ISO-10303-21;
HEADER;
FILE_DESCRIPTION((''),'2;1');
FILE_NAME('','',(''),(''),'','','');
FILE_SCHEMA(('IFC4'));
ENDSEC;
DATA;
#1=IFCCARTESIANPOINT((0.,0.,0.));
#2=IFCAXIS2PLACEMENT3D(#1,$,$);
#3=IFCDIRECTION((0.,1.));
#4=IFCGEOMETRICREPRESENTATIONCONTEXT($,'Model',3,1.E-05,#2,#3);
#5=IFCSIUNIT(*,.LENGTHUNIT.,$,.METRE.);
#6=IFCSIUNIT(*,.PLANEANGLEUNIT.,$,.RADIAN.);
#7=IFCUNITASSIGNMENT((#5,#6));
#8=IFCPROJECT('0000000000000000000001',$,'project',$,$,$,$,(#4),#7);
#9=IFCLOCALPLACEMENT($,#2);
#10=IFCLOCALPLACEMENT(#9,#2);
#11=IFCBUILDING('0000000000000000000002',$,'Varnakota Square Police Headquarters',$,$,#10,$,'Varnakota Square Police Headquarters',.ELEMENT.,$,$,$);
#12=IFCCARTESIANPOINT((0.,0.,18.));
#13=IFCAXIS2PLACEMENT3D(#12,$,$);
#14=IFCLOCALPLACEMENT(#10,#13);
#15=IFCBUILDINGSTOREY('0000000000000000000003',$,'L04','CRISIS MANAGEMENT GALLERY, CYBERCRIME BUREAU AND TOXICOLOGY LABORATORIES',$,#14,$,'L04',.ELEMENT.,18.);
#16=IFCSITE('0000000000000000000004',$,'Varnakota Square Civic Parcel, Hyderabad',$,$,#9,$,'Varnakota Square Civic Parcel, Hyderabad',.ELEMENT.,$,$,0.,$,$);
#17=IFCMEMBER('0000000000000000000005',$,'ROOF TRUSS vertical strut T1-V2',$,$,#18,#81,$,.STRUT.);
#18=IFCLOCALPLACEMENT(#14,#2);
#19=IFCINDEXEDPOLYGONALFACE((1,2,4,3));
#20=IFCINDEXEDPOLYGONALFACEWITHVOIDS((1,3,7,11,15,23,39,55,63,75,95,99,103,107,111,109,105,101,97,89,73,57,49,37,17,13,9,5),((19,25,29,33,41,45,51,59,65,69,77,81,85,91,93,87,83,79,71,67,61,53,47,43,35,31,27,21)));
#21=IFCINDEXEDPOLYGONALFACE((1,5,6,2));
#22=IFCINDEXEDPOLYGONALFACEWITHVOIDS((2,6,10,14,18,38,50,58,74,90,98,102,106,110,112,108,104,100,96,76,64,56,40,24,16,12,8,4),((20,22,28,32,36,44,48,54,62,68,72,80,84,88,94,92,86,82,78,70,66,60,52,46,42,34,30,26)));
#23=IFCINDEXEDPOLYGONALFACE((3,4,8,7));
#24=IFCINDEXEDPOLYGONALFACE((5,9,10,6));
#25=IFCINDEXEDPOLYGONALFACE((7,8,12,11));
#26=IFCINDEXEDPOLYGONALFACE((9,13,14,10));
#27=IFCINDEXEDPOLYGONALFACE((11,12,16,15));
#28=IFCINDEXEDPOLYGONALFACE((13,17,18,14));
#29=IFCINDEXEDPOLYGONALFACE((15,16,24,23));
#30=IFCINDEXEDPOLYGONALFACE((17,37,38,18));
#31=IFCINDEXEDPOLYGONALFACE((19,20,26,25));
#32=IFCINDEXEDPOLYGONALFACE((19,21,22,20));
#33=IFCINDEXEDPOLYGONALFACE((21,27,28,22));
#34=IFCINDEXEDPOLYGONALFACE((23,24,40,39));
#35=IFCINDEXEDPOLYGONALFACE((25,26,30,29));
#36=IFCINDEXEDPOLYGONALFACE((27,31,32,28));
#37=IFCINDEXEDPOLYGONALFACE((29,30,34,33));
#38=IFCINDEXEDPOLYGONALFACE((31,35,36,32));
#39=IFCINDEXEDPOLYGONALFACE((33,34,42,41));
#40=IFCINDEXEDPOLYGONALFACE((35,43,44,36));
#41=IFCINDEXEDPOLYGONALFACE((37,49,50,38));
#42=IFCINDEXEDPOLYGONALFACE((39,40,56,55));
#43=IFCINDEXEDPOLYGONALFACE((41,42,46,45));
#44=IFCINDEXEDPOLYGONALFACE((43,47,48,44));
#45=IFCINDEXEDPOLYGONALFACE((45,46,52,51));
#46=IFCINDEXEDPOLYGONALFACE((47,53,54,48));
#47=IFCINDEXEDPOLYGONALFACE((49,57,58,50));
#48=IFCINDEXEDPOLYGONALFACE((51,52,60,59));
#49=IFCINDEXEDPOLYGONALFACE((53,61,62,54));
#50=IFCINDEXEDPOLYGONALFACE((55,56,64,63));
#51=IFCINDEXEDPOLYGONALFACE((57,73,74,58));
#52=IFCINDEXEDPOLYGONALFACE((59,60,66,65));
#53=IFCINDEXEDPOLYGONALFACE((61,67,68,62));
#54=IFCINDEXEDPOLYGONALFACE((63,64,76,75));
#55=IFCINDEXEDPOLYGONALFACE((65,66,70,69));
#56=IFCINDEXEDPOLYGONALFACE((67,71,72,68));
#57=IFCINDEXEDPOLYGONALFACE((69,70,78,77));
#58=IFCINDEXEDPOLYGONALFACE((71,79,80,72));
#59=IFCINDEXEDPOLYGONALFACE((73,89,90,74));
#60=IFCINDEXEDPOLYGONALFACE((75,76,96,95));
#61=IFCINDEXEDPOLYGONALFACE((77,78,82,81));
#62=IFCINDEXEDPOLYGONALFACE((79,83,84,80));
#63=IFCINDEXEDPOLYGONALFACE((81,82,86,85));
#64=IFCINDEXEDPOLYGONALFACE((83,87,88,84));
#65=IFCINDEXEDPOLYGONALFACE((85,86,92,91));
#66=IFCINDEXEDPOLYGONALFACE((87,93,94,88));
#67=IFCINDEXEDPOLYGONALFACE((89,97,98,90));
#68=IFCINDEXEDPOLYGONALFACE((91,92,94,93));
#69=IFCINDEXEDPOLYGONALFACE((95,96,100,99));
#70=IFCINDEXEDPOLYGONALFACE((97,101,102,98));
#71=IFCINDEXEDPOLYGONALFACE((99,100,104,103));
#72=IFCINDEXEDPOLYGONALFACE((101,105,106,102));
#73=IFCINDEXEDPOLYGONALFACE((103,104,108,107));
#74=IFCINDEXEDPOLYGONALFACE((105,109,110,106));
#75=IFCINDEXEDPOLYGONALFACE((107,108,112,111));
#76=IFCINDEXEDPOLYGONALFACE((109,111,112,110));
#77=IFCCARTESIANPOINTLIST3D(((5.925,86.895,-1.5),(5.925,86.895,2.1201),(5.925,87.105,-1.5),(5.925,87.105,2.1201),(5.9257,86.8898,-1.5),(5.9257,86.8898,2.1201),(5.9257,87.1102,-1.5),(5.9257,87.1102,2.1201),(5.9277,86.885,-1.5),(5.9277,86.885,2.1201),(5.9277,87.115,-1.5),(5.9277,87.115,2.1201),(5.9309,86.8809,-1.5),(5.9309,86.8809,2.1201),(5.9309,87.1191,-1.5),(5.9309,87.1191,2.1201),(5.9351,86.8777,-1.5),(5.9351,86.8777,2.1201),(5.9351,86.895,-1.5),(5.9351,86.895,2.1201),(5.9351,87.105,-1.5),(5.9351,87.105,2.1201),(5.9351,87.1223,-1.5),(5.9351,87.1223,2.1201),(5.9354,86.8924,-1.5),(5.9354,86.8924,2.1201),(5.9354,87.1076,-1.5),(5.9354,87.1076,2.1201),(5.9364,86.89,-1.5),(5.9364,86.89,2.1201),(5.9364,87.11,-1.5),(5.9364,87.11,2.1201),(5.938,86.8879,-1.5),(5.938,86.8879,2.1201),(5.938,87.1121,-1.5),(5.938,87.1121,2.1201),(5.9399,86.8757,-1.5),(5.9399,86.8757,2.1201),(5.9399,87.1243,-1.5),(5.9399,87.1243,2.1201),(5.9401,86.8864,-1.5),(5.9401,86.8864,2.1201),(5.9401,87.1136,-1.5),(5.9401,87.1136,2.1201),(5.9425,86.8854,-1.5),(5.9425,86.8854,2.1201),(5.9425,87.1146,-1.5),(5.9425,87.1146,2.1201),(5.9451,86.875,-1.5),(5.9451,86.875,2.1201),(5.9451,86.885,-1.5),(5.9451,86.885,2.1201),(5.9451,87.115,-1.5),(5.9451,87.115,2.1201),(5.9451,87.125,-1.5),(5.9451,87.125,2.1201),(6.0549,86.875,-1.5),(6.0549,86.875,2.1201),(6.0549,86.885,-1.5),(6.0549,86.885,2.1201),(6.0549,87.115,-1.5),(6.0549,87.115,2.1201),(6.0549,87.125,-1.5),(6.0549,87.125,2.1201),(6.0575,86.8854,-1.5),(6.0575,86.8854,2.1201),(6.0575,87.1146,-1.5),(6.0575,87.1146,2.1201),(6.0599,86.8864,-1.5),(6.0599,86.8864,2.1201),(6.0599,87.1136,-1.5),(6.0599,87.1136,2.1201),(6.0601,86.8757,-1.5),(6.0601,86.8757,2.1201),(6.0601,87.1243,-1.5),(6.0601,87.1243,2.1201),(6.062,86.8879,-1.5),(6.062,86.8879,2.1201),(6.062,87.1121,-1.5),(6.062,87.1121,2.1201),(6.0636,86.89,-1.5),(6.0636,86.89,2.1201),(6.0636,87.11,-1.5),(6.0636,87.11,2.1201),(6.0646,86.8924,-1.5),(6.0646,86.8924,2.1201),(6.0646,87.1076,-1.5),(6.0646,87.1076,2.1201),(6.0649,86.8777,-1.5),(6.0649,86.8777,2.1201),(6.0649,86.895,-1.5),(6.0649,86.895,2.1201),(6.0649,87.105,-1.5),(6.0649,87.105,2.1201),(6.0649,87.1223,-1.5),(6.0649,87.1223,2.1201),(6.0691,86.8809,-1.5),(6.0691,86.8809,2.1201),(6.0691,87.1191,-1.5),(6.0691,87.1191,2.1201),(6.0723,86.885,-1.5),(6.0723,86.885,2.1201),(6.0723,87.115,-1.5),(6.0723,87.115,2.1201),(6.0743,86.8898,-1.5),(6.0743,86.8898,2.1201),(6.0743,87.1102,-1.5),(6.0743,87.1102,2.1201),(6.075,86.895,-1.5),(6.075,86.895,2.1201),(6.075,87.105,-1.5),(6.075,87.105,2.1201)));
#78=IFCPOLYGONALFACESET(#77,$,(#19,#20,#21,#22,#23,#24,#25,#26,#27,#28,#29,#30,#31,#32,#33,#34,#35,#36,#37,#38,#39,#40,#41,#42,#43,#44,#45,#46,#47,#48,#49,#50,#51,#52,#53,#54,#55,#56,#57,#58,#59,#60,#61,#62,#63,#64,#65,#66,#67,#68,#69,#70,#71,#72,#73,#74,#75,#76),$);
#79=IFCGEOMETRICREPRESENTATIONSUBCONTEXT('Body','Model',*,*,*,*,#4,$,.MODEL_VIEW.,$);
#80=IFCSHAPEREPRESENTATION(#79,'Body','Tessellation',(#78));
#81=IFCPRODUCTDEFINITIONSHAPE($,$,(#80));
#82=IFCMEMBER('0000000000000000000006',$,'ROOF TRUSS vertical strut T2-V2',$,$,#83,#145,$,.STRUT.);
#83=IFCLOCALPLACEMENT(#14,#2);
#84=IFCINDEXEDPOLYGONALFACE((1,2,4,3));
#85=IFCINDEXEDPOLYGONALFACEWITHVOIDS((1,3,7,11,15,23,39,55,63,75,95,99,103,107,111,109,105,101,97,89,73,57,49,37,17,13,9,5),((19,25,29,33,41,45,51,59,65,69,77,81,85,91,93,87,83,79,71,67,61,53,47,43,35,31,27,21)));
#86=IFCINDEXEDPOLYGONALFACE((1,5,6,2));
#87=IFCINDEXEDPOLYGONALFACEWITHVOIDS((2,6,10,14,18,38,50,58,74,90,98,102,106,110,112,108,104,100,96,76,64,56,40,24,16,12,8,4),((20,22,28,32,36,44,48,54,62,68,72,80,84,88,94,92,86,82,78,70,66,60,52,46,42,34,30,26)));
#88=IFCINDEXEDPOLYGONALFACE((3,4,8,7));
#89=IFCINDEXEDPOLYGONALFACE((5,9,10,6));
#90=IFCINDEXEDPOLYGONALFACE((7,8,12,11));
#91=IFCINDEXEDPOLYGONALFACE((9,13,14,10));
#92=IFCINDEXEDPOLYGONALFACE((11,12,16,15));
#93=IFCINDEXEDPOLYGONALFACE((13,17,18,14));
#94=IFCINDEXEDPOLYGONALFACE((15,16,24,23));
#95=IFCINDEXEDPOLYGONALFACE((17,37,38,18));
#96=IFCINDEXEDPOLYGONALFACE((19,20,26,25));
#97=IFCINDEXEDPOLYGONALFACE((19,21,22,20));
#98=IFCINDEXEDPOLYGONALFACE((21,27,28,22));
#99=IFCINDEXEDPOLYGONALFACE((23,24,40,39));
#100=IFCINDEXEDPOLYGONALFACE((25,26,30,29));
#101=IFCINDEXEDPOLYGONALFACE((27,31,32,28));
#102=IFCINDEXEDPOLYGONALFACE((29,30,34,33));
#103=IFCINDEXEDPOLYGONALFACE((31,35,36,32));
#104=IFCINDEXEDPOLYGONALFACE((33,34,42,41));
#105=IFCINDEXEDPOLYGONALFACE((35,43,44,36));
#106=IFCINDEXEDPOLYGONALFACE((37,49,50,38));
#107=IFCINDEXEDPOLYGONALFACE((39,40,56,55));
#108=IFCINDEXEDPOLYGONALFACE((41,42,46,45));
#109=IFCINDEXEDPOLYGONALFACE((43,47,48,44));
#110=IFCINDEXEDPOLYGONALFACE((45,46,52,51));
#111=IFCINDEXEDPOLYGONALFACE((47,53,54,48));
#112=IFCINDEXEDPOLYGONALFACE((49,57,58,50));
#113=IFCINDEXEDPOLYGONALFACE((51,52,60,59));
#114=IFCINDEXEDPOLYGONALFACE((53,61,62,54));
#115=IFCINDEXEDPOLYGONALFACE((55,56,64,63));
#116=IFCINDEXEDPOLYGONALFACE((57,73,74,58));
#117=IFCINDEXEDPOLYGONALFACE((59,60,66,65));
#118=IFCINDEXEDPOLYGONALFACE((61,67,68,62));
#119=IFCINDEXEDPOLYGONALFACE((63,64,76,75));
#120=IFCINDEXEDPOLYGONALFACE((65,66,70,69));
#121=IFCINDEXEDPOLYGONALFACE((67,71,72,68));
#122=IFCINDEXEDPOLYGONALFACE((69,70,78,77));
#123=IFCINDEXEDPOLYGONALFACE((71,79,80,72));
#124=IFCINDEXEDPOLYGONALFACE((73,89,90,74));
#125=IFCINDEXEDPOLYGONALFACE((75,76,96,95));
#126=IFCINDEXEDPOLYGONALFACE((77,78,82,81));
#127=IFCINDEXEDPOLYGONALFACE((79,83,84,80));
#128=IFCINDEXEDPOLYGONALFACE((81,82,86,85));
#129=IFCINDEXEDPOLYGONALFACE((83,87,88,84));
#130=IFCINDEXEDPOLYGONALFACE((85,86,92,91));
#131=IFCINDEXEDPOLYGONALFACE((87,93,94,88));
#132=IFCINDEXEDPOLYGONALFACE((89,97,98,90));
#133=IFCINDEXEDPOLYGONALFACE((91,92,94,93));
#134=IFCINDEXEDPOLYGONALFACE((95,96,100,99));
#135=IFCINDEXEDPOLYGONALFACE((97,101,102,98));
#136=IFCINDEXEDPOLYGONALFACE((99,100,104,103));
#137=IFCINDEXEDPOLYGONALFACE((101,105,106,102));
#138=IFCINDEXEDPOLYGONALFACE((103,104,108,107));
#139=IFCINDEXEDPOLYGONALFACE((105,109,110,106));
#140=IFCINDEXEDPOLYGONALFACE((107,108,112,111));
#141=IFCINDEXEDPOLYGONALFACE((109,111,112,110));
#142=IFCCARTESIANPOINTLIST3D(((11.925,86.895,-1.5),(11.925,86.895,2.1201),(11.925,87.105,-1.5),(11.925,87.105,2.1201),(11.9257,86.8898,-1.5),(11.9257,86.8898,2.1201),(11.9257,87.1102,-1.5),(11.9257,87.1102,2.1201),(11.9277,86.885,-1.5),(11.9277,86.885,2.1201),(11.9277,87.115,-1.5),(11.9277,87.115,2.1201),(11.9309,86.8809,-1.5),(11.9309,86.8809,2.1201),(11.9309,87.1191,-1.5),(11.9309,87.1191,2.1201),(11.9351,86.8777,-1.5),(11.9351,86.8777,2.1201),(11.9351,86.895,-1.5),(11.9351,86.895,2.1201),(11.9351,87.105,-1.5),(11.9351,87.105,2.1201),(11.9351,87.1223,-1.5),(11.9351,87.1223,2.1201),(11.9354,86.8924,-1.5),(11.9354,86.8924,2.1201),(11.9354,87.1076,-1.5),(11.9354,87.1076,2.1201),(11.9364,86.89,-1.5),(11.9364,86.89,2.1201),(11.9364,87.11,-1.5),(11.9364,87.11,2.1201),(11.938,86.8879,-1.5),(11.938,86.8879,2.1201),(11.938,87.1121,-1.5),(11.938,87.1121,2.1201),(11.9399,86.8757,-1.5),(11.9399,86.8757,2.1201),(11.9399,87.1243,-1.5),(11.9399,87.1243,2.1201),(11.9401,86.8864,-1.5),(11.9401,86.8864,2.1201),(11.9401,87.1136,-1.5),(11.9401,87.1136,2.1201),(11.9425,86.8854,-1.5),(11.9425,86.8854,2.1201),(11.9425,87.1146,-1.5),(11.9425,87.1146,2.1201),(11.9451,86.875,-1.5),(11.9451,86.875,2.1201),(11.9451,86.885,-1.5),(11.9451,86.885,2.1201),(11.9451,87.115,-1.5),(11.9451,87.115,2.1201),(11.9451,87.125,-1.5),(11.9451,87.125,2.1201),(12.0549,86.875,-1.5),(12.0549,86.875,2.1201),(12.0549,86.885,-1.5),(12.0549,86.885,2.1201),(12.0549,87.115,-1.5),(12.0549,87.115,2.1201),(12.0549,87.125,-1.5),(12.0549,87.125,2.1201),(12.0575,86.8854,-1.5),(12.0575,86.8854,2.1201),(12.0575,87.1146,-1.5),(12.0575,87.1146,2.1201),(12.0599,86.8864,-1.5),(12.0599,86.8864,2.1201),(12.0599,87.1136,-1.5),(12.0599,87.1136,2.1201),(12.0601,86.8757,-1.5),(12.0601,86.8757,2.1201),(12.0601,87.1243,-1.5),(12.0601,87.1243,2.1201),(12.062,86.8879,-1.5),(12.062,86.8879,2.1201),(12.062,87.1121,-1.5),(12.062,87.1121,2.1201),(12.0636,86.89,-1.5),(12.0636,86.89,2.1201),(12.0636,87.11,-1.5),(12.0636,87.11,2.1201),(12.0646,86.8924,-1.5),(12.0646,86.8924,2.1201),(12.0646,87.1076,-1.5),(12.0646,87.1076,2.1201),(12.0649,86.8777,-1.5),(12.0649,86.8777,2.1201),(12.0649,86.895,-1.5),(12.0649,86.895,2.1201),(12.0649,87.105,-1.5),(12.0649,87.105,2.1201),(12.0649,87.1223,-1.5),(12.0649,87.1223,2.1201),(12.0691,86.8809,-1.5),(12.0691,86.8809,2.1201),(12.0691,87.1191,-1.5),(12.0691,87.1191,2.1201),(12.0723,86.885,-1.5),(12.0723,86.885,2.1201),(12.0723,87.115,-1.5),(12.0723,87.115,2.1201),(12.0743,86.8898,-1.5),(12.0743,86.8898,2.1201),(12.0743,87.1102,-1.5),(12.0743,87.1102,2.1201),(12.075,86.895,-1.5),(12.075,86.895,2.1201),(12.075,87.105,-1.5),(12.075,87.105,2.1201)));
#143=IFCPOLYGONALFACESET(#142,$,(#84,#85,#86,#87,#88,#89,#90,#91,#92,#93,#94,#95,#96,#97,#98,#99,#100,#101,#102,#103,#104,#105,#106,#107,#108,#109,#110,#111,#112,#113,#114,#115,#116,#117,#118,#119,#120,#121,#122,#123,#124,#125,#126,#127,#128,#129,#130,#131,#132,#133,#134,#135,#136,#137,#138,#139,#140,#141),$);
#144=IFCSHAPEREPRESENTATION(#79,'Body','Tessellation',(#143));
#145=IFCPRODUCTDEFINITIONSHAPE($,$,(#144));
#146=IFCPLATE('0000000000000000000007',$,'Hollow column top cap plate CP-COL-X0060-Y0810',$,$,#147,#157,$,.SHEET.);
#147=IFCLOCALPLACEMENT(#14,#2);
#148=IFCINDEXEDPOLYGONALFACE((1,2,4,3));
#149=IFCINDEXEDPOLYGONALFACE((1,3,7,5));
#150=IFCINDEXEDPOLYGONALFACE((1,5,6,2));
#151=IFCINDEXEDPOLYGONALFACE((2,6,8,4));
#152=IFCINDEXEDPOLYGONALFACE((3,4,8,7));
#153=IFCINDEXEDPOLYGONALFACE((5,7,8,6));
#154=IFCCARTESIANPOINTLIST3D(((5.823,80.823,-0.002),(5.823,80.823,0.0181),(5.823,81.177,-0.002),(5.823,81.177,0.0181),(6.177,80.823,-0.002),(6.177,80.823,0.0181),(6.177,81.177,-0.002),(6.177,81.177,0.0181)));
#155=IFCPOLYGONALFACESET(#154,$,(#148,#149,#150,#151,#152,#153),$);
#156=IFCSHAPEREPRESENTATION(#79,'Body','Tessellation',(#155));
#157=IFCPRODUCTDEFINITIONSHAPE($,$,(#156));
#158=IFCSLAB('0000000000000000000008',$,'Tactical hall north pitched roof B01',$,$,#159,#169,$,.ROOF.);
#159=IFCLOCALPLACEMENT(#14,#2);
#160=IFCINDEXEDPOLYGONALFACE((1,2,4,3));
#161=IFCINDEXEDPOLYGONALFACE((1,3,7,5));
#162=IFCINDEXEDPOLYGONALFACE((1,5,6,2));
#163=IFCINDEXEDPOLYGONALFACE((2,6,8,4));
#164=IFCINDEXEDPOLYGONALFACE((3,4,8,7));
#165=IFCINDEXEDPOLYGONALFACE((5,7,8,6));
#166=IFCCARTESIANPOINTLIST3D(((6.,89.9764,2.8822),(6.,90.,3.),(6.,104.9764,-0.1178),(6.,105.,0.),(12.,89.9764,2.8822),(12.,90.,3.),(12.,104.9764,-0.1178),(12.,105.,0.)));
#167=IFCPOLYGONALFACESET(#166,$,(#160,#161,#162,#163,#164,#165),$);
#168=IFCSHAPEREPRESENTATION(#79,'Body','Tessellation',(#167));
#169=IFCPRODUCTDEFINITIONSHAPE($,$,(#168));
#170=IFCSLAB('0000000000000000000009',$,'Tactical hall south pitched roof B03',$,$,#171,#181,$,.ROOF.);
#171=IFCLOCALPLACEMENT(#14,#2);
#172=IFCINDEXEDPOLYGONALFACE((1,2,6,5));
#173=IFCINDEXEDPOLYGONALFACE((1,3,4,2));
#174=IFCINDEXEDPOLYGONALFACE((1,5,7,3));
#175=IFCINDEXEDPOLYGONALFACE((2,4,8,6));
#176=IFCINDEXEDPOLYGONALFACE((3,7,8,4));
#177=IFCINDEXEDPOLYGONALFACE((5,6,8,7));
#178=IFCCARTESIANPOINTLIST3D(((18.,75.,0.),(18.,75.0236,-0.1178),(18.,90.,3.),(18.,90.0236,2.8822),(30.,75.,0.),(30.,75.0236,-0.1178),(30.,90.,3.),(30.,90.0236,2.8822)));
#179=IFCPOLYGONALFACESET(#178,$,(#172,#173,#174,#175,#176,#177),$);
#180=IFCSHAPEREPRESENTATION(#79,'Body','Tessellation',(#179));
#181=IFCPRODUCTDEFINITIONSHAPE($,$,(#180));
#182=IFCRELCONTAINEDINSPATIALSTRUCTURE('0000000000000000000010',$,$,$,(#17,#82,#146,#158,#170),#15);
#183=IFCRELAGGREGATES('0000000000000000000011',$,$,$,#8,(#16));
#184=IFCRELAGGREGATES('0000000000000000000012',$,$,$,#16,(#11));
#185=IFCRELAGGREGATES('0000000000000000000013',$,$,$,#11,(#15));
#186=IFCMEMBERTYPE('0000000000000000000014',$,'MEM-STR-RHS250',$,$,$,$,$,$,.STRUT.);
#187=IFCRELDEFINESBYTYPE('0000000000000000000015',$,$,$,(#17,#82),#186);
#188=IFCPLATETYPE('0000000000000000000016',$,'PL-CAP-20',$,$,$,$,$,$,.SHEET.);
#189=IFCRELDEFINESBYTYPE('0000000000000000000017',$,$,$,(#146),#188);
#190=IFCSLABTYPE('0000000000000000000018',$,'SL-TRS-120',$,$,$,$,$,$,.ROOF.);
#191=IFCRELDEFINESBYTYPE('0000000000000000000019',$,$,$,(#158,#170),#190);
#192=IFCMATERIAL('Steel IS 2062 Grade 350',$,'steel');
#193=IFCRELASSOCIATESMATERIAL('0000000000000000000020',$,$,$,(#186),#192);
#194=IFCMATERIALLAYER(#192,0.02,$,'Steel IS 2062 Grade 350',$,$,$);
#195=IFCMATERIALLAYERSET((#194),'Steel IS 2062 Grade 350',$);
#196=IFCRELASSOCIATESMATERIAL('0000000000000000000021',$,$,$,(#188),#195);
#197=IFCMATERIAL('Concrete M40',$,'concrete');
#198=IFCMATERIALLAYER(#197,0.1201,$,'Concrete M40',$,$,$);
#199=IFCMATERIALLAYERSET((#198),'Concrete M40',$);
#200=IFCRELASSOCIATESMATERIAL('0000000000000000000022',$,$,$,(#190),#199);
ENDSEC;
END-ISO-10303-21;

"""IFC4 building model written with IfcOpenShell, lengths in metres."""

from ifc_helpers import new_model, si_unit, direction, frame, origin, origin_2d, place, context, subcontext, project, spatial, polyline, rectangle, hollow_rectangle, outline, extrude, material, layer, layer_set, material_profile, profile_set, type_object, element, save


model = new_model("IFC4")

# Units and contexts
model_context = context("Model", 3, precision=1e-05, world=origin(), true_north=direction((0.0, 1.0)))
body_context = subcontext(model_context, "Body", "Model", "MODEL_VIEW")
ifc_project = project(units=[si_unit("LENGTHUNIT", "METRE"), si_unit("PLANEANGLEUNIT", "RADIAN")], contexts=[model_context])

# Site, building, storey
site_placement = place(None, origin())
site = spatial("IfcSite", under=ifc_project, at=site_placement, Name="Varnakota Square Civic Parcel, Hyderabad", LongName="Varnakota Square Civic Parcel, Hyderabad", CompositionType="ELEMENT", RefElevation=0.0)
building_placement = place(site_placement, origin())
building = spatial("IfcBuilding", under=site, at=building_placement, Name="Varnakota Square Police Headquarters", LongName="Varnakota Square Police Headquarters", CompositionType="ELEMENT")
storey_placement = place(building_placement, frame((0.0, 0.0, 18.0)))
storey = spatial("IfcBuildingStorey", under=building, at=storey_placement, Name="L04", Description="CRISIS MANAGEMENT GALLERY, CYBERCRIME BUREAU AND TOXICOLOGY LABORATORIES", LongName="L04", CompositionType="ELEMENT", Elevation=18.0)

# Shared definitions
ifc_material_1 = material(Name="Steel IS 2062 Grade 350", Category="steel")

# Members
ifc_material_profile_1 = material_profile(ifc_material_1, hollow_rectangle(XDim=0.1499, YDim=0.25, WallThickness=0.01, InnerFilletRadius=0.01, OuterFilletRadius=0.02, at=origin_2d()), Name="RHS 250x150x10")
ifc_profile_set_1 = profile_set([ifc_material_profile_1], Name="Steel IS 2062 Grade 350")
member_type_1 = type_object("IfcMemberType", Name="MEM-STR-RHS250", PredefinedType="STRUT", material=ifc_profile_set_1)
for number, where, z_axis, x_axis, name in (
    (1, (6.0, 87.0, -1.5), (0.0, 0.0, 1.0), (1.0, 0.0, 0.0), "ROOF TRUSS vertical strut T1-V2"),
    (2, (12.0, 87.0, -1.5), (0.0, 0.0, 1.0), (1.0, 0.0, 0.0), "ROOF TRUSS vertical strut T2-V2"),
):
    element("IfcMember", number, at=place(storey_placement, frame(where, z_axis=z_axis, x_axis=x_axis)), inside=storey, type_object=member_type_1, Name=name, PredefinedType="STRUT", context=body_context, shape_type="SweptSolid", body=[
        extrude(hollow_rectangle(XDim=0.1499, YDim=0.25, WallThickness=0.01, InnerFilletRadius=0.01, OuterFilletRadius=0.02, at=origin_2d()), origin(), (0.0, 0.0, 1.0), 3.6201),
    ])

# Plate
ifc_layer_1 = layer(ifc_material_1, 0.02, Name="Steel IS 2062 Grade 350")
ifc_layer_set_1 = layer_set([ifc_layer_1], Name="Steel IS 2062 Grade 350")
plate_type = type_object("IfcPlateType", Name="PL-CAP-20", PredefinedType="SHEET", material=ifc_layer_set_1)
plate_placement = place(storey_placement, frame((6.0, 81.0, -0.002), z_axis=(0.0, 0.0, 1.0), x_axis=(1.0, 0.0, 0.0)))
element("IfcPlate", 3, at=plate_placement, inside=storey, type_object=plate_type, Name="Hollow column top cap plate CP-COL-X0060-Y0810", PredefinedType="SHEET", context=body_context, shape_type="SweptSolid", body=[
    extrude(rectangle(XDim=0.354, YDim=0.354, at=origin_2d()), origin(), (0.0, 0.0, 1.0), 0.02),
])

# Slabs
ifc_material_2 = material(Name="Concrete M40", Category="concrete")
ifc_layer_2 = layer(ifc_material_2, 0.1201, Name="Concrete M40")
ifc_layer_set_2 = layer_set([ifc_layer_2], Name="Concrete M40")
slab_type = type_object("IfcSlabType", Name="SL-TRS-120", PredefinedType="ROOF", material=ifc_layer_set_2)
slab_1_placement = place(storey_placement, frame((6.0, 90.0, 3.0), z_axis=(0.0, 0.196116, 0.980581), x_axis=(1.0, 0.0, 0.0)))
element("IfcSlab", 4, at=slab_1_placement, inside=storey, type_object=slab_type, Name="Tactical hall north pitched roof B01", PredefinedType="ROOF", context=body_context, shape_type="SweptSolid", body=[
    extrude(outline(polyline([(0.0, 0.0), (6.0, 0.0), (6.0, 15.2971), (0.0, 15.2971), (0.0, 0.0)])), origin(), (0.0, 0.0, -1.0), 0.1201),
])
slab_2_placement = place(storey_placement, frame((18.0, 75.0, 0.0), z_axis=(0.0, -0.196116, 0.980581), x_axis=(1.0, 0.0, 0.0)))
element("IfcSlab", 5, at=slab_2_placement, inside=storey, type_object=slab_type, Name="Tactical hall south pitched roof B03", PredefinedType="ROOF", context=body_context, shape_type="SweptSolid", body=[
    extrude(outline(polyline([(0.0, 0.0), (12.0, 0.0), (12.0, 15.2971), (0.0, 15.2971), (0.0, 0.0)])), origin(), (0.0, 0.0, -1.0), 0.1201),
])

save(model, "model.ifc")
